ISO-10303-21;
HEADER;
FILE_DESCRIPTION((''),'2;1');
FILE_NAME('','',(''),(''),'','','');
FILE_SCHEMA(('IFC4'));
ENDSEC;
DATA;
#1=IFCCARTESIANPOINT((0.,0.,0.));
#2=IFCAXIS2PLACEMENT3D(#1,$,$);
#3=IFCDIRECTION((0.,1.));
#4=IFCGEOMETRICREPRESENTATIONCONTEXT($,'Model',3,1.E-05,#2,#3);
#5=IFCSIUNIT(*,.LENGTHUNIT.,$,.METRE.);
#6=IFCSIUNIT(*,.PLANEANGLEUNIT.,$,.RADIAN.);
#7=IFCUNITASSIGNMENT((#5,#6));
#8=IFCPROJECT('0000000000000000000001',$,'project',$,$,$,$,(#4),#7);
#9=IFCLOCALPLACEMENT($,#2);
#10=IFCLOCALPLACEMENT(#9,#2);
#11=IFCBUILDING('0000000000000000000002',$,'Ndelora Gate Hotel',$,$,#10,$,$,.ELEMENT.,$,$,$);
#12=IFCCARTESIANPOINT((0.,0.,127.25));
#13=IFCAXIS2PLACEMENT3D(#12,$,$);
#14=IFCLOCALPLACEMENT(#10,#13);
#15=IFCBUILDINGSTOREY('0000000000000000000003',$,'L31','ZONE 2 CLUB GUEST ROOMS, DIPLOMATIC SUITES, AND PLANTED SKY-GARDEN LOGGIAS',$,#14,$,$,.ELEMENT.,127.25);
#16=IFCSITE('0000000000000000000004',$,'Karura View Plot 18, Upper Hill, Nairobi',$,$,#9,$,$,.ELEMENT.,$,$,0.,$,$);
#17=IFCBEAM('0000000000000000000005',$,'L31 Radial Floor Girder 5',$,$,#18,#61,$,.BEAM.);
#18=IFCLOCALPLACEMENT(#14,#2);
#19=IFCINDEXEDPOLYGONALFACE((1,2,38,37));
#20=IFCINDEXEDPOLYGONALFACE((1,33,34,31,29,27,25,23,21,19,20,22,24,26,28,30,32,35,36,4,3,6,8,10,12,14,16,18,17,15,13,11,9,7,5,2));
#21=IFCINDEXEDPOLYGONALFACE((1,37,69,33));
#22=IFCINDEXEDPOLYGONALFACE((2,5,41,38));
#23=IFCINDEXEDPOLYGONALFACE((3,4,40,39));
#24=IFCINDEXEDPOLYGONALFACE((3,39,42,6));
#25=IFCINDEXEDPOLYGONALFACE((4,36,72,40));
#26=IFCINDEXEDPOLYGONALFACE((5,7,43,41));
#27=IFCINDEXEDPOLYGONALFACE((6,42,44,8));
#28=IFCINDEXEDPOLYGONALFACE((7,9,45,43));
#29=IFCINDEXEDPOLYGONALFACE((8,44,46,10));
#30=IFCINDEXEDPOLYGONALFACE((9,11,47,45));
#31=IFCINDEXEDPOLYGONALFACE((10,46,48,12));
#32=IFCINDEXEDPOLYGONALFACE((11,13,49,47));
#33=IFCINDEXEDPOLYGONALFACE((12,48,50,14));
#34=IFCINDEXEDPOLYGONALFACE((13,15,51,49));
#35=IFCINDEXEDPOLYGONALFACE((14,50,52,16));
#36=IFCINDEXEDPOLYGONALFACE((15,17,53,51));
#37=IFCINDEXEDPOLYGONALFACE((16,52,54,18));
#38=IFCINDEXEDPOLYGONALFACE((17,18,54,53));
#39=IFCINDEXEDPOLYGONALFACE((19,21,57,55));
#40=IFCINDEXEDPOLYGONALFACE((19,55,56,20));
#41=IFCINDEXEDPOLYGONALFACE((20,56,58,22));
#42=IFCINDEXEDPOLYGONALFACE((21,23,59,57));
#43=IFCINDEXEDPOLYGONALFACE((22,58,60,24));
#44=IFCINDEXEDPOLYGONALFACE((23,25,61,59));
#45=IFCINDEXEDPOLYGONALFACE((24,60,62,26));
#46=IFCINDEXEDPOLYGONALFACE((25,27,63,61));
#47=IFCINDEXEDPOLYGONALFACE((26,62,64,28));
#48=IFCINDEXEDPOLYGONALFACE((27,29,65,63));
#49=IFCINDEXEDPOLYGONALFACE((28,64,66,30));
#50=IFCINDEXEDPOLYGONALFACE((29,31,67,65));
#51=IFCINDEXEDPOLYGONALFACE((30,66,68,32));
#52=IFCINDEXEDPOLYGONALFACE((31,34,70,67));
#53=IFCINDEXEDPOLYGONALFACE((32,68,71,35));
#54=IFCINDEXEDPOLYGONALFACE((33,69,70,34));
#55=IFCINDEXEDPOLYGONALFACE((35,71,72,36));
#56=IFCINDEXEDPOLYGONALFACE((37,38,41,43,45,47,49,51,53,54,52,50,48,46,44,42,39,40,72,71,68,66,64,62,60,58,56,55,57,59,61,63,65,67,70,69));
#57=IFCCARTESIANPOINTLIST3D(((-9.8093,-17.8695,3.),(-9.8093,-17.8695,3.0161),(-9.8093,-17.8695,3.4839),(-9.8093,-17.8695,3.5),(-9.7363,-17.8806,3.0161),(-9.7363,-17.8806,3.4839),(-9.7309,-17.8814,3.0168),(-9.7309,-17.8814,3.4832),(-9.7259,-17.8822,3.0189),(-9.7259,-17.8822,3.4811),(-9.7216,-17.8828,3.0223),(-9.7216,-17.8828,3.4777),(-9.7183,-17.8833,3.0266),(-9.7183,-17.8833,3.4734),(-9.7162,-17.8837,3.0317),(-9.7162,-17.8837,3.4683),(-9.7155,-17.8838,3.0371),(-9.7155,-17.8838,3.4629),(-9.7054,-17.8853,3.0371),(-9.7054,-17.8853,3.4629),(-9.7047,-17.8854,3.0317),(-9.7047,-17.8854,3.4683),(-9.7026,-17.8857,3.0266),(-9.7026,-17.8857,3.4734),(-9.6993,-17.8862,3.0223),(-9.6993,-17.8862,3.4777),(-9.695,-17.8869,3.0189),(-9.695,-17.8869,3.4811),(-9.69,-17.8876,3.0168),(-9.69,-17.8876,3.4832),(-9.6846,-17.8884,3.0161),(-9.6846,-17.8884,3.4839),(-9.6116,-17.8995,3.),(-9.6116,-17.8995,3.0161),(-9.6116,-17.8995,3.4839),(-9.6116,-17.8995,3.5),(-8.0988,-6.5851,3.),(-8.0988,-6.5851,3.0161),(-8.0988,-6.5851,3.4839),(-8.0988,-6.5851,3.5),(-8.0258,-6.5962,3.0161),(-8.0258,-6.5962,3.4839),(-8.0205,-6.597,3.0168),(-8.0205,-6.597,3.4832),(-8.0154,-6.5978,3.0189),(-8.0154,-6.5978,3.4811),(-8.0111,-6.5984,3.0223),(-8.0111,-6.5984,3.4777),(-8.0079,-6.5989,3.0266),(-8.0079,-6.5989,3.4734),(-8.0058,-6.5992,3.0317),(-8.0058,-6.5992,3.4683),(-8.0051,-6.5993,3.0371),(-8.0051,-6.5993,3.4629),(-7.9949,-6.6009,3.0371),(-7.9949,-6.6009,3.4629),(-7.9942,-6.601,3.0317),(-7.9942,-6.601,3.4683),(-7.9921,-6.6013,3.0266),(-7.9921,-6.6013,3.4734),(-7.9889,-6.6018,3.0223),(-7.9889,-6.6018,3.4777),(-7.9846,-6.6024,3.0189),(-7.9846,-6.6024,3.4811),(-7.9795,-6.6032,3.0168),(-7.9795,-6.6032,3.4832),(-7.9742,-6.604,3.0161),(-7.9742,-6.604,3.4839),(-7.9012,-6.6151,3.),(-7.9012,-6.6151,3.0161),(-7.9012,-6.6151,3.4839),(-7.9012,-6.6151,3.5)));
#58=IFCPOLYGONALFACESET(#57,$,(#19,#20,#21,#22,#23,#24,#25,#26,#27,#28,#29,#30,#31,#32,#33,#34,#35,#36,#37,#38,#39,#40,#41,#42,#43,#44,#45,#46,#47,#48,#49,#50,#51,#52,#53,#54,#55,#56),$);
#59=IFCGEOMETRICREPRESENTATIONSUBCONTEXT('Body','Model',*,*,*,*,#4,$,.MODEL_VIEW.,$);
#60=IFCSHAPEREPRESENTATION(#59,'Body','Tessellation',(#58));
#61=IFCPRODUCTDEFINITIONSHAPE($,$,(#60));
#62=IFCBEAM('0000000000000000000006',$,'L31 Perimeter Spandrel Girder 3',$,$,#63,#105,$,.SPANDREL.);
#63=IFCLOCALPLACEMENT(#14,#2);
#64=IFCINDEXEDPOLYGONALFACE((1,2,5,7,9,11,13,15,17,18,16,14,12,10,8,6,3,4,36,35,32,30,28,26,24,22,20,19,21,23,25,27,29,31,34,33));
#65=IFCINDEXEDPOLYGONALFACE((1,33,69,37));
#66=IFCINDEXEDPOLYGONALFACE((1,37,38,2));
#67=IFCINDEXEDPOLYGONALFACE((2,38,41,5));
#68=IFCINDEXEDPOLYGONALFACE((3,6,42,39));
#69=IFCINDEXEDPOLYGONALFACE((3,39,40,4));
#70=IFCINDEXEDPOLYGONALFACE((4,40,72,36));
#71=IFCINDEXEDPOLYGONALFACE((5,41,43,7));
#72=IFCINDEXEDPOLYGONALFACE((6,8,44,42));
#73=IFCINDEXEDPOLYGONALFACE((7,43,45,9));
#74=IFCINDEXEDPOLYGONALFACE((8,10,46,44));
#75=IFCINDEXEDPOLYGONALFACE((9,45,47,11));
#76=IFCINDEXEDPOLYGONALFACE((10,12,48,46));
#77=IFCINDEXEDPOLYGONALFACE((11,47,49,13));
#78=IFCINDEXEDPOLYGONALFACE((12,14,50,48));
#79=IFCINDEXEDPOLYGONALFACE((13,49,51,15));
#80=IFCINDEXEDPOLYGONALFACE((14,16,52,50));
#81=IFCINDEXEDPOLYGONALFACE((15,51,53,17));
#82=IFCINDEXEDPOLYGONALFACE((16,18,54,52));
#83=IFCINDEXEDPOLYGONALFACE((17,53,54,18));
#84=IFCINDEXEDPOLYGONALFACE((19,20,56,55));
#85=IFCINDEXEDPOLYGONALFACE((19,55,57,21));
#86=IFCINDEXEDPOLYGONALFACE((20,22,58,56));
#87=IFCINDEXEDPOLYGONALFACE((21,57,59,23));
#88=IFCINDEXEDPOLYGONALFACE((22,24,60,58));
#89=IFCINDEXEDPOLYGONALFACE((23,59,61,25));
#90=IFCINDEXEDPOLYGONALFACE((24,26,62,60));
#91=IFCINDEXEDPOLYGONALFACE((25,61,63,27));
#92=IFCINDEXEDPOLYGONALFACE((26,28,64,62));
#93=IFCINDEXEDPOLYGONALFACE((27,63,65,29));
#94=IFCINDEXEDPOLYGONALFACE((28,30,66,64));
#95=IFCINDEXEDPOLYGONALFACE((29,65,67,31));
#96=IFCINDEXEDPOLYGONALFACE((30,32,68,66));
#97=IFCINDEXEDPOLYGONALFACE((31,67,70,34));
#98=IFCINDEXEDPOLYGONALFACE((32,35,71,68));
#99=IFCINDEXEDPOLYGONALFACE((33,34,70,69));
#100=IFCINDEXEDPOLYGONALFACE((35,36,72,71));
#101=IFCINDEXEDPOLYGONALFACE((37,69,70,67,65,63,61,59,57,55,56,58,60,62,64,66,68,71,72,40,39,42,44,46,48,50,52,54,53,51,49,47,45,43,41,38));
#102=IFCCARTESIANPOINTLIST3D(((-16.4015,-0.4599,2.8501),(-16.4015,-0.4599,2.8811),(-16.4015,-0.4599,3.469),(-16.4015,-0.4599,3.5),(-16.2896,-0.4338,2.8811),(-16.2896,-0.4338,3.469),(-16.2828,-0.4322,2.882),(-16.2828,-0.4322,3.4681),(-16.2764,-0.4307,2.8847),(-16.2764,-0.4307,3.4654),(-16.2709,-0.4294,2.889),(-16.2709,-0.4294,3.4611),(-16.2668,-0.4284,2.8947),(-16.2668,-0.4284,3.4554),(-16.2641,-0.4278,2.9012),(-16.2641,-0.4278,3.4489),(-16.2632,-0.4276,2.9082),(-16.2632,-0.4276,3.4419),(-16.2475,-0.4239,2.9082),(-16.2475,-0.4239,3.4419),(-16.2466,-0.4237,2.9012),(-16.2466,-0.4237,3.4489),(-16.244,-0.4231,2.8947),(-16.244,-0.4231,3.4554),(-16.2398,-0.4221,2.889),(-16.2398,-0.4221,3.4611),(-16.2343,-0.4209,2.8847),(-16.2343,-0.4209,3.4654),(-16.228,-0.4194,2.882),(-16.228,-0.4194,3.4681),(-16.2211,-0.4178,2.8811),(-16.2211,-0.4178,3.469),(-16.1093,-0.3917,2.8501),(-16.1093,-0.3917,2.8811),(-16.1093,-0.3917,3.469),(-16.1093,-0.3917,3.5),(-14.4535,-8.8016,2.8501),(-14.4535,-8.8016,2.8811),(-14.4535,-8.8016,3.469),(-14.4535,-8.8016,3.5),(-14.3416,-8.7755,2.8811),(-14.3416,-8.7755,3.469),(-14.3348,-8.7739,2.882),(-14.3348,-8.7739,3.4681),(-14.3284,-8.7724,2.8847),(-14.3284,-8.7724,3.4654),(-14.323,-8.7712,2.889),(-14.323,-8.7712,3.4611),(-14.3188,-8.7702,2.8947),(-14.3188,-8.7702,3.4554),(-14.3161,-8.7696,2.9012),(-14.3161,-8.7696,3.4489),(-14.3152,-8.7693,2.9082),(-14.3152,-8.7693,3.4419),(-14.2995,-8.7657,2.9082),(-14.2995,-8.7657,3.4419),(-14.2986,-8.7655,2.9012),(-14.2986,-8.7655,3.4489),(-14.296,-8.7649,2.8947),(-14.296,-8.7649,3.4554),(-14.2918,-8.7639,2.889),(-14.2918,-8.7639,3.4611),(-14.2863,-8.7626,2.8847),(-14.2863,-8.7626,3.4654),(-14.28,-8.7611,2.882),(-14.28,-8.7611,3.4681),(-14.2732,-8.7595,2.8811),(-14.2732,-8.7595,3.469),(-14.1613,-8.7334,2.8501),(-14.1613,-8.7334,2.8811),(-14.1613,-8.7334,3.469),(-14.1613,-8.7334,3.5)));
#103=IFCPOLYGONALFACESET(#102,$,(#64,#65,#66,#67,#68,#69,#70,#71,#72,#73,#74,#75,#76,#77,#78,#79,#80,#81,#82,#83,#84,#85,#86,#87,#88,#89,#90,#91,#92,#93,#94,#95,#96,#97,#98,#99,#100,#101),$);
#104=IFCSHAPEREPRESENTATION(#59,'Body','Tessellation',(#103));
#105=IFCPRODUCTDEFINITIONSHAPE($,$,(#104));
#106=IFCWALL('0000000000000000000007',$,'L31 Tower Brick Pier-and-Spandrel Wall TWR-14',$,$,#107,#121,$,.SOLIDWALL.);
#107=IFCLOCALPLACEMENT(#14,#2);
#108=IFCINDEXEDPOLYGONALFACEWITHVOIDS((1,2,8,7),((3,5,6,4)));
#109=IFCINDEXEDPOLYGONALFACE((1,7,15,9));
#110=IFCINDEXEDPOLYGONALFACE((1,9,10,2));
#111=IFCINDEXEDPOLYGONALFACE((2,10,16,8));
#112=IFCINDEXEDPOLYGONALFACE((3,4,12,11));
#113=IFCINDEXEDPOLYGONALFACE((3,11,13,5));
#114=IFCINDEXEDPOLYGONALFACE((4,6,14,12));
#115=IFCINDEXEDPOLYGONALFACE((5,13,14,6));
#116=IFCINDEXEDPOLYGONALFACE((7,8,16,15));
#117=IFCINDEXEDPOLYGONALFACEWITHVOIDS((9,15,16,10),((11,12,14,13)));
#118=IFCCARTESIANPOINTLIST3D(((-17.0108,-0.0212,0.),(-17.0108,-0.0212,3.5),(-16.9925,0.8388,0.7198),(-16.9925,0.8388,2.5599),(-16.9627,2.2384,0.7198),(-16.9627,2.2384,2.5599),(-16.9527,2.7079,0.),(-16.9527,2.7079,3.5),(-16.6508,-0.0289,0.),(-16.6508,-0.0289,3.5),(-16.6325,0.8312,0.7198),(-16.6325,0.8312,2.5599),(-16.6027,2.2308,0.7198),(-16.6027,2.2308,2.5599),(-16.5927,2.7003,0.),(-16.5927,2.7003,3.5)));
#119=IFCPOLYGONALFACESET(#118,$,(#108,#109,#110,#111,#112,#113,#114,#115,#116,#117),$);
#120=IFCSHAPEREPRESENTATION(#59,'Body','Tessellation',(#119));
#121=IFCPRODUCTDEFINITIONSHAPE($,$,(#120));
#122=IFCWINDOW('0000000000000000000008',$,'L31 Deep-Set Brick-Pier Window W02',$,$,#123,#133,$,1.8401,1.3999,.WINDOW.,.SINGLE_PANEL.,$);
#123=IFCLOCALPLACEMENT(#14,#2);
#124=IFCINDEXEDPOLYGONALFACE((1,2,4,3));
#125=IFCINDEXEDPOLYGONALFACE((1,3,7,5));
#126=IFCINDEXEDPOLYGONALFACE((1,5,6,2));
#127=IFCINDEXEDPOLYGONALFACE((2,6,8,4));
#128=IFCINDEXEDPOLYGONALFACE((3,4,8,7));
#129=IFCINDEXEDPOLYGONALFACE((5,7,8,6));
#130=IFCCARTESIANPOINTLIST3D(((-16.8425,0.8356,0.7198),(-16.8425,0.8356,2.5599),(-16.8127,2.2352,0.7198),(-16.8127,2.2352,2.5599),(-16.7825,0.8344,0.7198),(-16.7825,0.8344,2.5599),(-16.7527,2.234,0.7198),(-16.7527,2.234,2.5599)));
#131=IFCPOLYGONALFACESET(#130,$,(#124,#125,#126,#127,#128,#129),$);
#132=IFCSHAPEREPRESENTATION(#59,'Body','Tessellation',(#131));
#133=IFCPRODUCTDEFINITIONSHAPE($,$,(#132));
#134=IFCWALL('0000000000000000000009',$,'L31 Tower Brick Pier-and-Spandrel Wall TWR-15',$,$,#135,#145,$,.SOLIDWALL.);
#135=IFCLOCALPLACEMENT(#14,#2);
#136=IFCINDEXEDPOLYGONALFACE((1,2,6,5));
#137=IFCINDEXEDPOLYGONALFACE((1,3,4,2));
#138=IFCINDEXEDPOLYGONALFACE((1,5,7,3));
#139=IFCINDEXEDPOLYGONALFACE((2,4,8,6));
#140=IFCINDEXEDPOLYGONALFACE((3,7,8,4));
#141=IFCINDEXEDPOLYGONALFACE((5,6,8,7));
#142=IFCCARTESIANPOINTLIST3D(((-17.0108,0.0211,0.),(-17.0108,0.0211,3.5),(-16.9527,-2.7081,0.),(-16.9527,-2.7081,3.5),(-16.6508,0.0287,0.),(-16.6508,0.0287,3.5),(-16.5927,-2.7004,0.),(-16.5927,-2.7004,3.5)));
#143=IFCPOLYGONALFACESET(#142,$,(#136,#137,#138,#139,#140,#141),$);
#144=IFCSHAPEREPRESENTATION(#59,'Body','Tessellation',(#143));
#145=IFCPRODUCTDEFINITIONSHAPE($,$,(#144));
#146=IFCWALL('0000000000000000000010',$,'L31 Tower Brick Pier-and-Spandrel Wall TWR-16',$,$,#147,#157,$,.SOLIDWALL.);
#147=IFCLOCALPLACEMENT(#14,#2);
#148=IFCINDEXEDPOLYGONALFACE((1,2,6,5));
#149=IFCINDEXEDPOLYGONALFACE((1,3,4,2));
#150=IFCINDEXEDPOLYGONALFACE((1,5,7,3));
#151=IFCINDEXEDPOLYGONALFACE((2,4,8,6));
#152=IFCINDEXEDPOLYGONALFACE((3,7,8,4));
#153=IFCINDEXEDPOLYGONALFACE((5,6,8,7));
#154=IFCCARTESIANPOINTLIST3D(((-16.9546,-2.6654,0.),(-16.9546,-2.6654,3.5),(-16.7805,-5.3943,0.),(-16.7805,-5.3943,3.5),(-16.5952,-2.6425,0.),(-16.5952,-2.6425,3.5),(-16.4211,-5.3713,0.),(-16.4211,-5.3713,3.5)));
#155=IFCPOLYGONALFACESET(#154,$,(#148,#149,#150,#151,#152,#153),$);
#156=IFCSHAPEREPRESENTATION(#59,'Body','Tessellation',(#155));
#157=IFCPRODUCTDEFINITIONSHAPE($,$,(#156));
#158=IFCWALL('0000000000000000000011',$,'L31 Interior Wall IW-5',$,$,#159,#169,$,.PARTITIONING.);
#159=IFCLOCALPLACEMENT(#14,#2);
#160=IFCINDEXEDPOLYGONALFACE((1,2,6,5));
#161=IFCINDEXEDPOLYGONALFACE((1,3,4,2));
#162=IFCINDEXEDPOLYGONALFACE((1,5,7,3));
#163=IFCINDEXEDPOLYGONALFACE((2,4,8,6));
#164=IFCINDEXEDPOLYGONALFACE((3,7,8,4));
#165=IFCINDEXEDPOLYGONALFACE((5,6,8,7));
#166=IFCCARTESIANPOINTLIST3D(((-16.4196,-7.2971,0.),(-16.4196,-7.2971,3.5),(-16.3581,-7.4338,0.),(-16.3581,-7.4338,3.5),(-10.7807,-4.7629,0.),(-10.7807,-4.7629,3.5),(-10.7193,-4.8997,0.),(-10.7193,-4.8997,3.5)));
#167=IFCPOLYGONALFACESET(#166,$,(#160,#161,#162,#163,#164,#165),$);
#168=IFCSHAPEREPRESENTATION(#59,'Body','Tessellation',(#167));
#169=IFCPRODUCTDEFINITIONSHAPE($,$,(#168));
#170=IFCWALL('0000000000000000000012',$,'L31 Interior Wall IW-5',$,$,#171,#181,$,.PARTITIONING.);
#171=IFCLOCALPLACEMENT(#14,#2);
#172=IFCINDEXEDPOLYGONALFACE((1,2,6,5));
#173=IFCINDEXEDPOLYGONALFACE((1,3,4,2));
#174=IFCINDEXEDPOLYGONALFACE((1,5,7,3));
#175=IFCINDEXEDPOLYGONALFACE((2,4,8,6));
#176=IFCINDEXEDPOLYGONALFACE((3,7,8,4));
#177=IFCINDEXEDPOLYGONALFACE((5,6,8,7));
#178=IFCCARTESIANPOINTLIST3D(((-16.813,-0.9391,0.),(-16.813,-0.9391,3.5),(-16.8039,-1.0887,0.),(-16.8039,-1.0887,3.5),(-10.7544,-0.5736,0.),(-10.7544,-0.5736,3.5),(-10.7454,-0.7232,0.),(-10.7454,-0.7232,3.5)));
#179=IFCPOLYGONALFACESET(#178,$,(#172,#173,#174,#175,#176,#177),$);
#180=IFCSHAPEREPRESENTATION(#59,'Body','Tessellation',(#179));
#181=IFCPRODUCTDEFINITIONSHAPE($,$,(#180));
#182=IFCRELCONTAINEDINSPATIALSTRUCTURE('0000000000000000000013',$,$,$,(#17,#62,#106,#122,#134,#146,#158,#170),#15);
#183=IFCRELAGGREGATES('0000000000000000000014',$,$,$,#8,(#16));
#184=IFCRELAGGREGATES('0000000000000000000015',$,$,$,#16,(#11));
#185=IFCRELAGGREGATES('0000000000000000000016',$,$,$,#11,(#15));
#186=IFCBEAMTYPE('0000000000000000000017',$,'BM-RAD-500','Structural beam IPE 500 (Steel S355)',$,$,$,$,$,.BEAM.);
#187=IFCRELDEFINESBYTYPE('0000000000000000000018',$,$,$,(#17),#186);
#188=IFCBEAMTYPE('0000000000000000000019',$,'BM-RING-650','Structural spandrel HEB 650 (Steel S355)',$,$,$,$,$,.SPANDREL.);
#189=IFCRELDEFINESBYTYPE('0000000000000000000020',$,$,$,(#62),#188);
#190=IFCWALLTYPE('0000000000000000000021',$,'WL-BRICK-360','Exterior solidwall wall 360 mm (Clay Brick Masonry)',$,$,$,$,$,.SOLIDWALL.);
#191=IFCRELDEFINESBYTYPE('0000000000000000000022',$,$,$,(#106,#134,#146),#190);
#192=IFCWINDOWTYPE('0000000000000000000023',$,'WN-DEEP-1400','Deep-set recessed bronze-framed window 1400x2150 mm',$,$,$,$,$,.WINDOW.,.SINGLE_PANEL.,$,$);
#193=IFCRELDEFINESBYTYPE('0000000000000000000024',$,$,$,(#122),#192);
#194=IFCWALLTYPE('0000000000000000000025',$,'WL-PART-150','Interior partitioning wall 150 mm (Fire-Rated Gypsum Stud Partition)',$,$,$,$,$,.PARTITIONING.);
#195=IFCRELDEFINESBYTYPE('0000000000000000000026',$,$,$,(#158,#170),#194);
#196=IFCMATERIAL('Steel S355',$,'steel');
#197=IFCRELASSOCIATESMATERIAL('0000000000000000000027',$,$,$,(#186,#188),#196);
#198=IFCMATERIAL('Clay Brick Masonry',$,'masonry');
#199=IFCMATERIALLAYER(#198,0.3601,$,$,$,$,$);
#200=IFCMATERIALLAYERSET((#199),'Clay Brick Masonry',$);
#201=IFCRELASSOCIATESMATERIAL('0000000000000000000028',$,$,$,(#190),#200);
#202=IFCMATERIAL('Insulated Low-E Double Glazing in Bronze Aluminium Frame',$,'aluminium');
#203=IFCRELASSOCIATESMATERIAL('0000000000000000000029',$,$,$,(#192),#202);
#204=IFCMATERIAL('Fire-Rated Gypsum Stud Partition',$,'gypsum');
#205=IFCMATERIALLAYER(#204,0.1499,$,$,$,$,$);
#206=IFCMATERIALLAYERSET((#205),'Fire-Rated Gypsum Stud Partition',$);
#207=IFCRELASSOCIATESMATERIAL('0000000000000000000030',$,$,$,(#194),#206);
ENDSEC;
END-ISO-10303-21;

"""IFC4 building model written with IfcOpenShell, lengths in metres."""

from ifc_helpers import new_model, si_unit, direction, frame, frame_2d, origin, origin_2d, place, context, subcontext, project, spatial, rectangle, i_section, extrude, material, layer, layer_set, material_profile, profile_set, type_object, element, fill, save


model = new_model("IFC4")

# Units and contexts
model_context = context("Model", 3, precision=1e-05, world=origin(), true_north=direction((0.0, 1.0)))
body_context = subcontext(model_context, "Body", "Model", "MODEL_VIEW")
ifc_project = project(units=[si_unit("LENGTHUNIT", "METRE"), si_unit("PLANEANGLEUNIT", "RADIAN")], contexts=[model_context])

# Site, building, storey
site_placement = place(None, origin())
site = spatial("IfcSite", under=ifc_project, at=site_placement, Name="Karura View Plot 18, Upper Hill, Nairobi", CompositionType="ELEMENT", RefElevation=0.0)
building_placement = place(site_placement, origin())
building = spatial("IfcBuilding", under=site, at=building_placement, Name="Ndelora Gate Hotel", CompositionType="ELEMENT")
storey_placement = place(building_placement, frame((0.0, 0.0, 127.25)))
storey = spatial("IfcBuildingStorey", under=building, at=storey_placement, Name="L31", Description="ZONE 2 CLUB GUEST ROOMS, DIPLOMATIC SUITES, AND PLANTED SKY-GARDEN LOGGIAS", CompositionType="ELEMENT", Elevation=127.25)

# Beams
ifc_material_1 = material(Name="Steel S355", Category="steel")
ifc_material_profile_1 = material_profile(ifc_material_1, i_section(OverallWidth=0.2, OverallDepth=0.5, WebThickness=0.0103, FlangeThickness=0.0161, FilletRadius=0.021, at=origin_2d()), Name="IPE 500")
ifc_profile_set_1 = profile_set([ifc_material_profile_1], Name="Steel S355")
beam_type_1 = type_object("IfcBeamType", Name="BM-RAD-500", Description="Structural beam IPE 500 (Steel S355)", PredefinedType="BEAM", material=ifc_profile_set_1)
beam_1_placement = place(storey_placement, frame((-8.0, -6.6001, 3.25), z_axis=(-0.149864, -0.988707, 0.0), x_axis=(0.988707, -0.149864, 0.0)))
element("IfcBeam", 1, at=beam_1_placement, inside=storey, type_object=beam_type_1, Name="L31 Radial Floor Girder 5", PredefinedType="BEAM", context=body_context, shape_type="SweptSolid", body=[
    extrude(i_section(OverallWidth=0.2, OverallDepth=0.5, WebThickness=0.0103, FlangeThickness=0.0161, FilletRadius=0.021, at=origin_2d()), origin(), (0.0, 0.0, 1.0), 11.4133),
])
ifc_material_profile_2 = material_profile(ifc_material_1, i_section(OverallWidth=0.3, OverallDepth=0.6499, WebThickness=0.0161, FlangeThickness=0.031, FilletRadius=0.0271, at=origin_2d()), Name="HEB 650")
ifc_profile_set_2 = profile_set([ifc_material_profile_2], Name="Steel S355")
beam_type_2 = type_object("IfcBeamType", Name="BM-RING-650", Description="Structural spandrel HEB 650 (Steel S355)", PredefinedType="SPANDREL", material=ifc_profile_set_2)
beam_2_placement = place(storey_placement, frame((-16.2554, -0.4258, 3.175), z_axis=(0.227404, -0.9738, 0.0), x_axis=(0.9738, 0.227404, 0.0)))
element("IfcBeam", 2, at=beam_2_placement, inside=storey, type_object=beam_type_2, Name="L31 Perimeter Spandrel Girder 3", PredefinedType="SPANDREL", context=body_context, shape_type="SweptSolid", body=[
    extrude(i_section(OverallWidth=0.3, OverallDepth=0.6499, WebThickness=0.0161, FlangeThickness=0.031, FilletRadius=0.0271, at=origin_2d()), origin(), (0.0, 0.0, 1.0), 8.5662),
])

# Wall, opening, window
ifc_material_2 = material(Name="Clay Brick Masonry", Category="masonry")
ifc_layer_1 = layer(ifc_material_2, 0.3601)
ifc_layer_set_1 = layer_set([ifc_layer_1], Name="Clay Brick Masonry")
wall_type_1 = type_object("IfcWallType", Name="WL-BRICK-360", Description="Exterior solidwall wall 360 mm (Clay Brick Masonry)", PredefinedType="SOLIDWALL", material=ifc_layer_set_1)
wall_1_placement = place(storey_placement, frame((-16.8308, -0.0249, 0.0), z_axis=(0.0, 0.0, 1.0), x_axis=(0.021287, 0.999773, 0.0)))
wall_1 = element("IfcWall", 3, at=wall_1_placement, inside=storey, type_object=wall_type_1, Name="L31 Tower Brick Pier-and-Spandrel Wall TWR-14", PredefinedType="SOLIDWALL", context=body_context, shape_type="SweptSolid", body=[
    extrude(rectangle(XDim=2.7297, YDim=0.3601, at=frame_2d((1.3647, 0.0))), origin(), (0.0, 0.0, 1.0), 3.5),
])
opening_1_placement = place(wall_1_placement, frame((0.8601, 0.0, 0.72)))
opening_1 = element("IfcOpeningElement", 4, at=opening_1_placement, cuts=wall_1, PredefinedType="OPENING", context=body_context, shape_type="SweptSolid", body=[
    extrude(rectangle(XDim=1.3999, YDim=1.8401, at=frame_2d((0.7, 0.9199))), frame((0.0, 0.1899, 0.0), z_axis=(0.0, -1.0, 0.0), x_axis=(1.0, 0.0, 0.0)), (0.0, 0.0, 1.0), 0.3801),
])
ifc_material_3 = material(Name="Insulated Low-E Double Glazing in Bronze Aluminium Frame", Category="aluminium")
window_type = type_object("IfcWindowType", Name="WN-DEEP-1400", Description="Deep-set recessed bronze-framed window 1400x2150 mm", PartitioningType="SINGLE_PANEL", PredefinedType="WINDOW", material=ifc_material_3)
window_placement = place(opening_1_placement, origin())
window = element("IfcWindow", 5, at=window_placement, inside=storey, type_object=window_type, Name="L31 Deep-Set Brick-Pier Window W02", OverallHeight=1.8401, OverallWidth=1.3999, PartitioningType="SINGLE_PANEL", PredefinedType="WINDOW", context=body_context, shape_type="SweptSolid", body=[
    extrude(rectangle(XDim=1.3999, YDim=1.8401, at=frame_2d((0.7, 0.9199))), frame((0.0, 0.03, 0.0), z_axis=(0.0, -1.0, 0.0), x_axis=(1.0, 0.0, 0.0)), (0.0, 0.0, 1.0), 0.0601),
])
fill(opening_1, window)

# Walls
wall_2_placement = place(storey_placement, frame((-16.7727, -2.7041, 0.0), z_axis=(0.0, 0.0, 1.0), x_axis=(-0.021287, 0.999773, 0.0)))
element("IfcWall", 6, at=wall_2_placement, inside=storey, type_object=wall_type_1, Name="L31 Tower Brick Pier-and-Spandrel Wall TWR-15", PredefinedType="SOLIDWALL", context=body_context, shape_type="SweptSolid", body=[
    extrude(rectangle(XDim=2.7297, YDim=0.3601, at=frame_2d((1.3647, 0.0))), origin(), (0.0, 0.0, 1.0), 3.5),
])
wall_3_placement = place(storey_placement, frame((-16.6008, -5.3828, 0.0), z_axis=(0.0, 0.0, 1.0), x_axis=(-0.063662, 0.997971, 0.0)))
element("IfcWall", 7, at=wall_3_placement, inside=storey, type_object=wall_type_1, Name="L31 Tower Brick Pier-and-Spandrel Wall TWR-16", PredefinedType="SOLIDWALL", context=body_context, shape_type="SweptSolid", body=[
    extrude(rectangle(XDim=2.7344, YDim=0.3601, at=frame_2d((1.3672, 0.0))), origin(), (0.0, 0.0, 1.0), 3.5),
])

# Shared definitions
ifc_material_4 = material(Name="Fire-Rated Gypsum Stud Partition", Category="gypsum")
ifc_layer_2 = layer(ifc_material_4, 0.1499)
ifc_layer_set_2 = layer_set([ifc_layer_2], Name="Fire-Rated Gypsum Stud Partition")
wall_type_2 = type_object("IfcWallType", Name="WL-PART-150", Description="Interior partitioning wall 150 mm (Fire-Rated Gypsum Stud Partition)", PredefinedType="PARTITIONING", material=ifc_layer_set_2)

# Walls
wall_4_placement = place(storey_placement, frame((-10.75, -4.8313, 0.0), z_axis=(0.0, 0.0, 1.0), x_axis=(-0.912123, -0.409916, 0.0)))
element("IfcWall", 8, at=wall_4_placement, inside=storey, type_object=wall_type_2, Name="L31 Interior Wall IW-5", PredefinedType="PARTITIONING", context=body_context, shape_type="SweptSolid", body=[
    extrude(rectangle(XDim=6.1821, YDim=0.1499, at=frame_2d((3.0911, 0.0))), origin(), (0.0, 0.0, 1.0), 3.5),
])
wall_5_placement = place(storey_placement, frame((-10.75, -0.6484, 0.0), z_axis=(0.0, 0.0, 1.0), x_axis=(-0.998185, -0.060215, 0.0)))
element("IfcWall", 9, at=wall_5_placement, inside=storey, type_object=wall_type_2, Name="L31 Interior Wall IW-5", PredefinedType="PARTITIONING", context=body_context, shape_type="SweptSolid", body=[
    extrude(rectangle(XDim=6.0696, YDim=0.1499, at=frame_2d((3.0347, 0.0))), origin(), (0.0, 0.0, 1.0), 3.5),
])

save(model, "model.ifc")
